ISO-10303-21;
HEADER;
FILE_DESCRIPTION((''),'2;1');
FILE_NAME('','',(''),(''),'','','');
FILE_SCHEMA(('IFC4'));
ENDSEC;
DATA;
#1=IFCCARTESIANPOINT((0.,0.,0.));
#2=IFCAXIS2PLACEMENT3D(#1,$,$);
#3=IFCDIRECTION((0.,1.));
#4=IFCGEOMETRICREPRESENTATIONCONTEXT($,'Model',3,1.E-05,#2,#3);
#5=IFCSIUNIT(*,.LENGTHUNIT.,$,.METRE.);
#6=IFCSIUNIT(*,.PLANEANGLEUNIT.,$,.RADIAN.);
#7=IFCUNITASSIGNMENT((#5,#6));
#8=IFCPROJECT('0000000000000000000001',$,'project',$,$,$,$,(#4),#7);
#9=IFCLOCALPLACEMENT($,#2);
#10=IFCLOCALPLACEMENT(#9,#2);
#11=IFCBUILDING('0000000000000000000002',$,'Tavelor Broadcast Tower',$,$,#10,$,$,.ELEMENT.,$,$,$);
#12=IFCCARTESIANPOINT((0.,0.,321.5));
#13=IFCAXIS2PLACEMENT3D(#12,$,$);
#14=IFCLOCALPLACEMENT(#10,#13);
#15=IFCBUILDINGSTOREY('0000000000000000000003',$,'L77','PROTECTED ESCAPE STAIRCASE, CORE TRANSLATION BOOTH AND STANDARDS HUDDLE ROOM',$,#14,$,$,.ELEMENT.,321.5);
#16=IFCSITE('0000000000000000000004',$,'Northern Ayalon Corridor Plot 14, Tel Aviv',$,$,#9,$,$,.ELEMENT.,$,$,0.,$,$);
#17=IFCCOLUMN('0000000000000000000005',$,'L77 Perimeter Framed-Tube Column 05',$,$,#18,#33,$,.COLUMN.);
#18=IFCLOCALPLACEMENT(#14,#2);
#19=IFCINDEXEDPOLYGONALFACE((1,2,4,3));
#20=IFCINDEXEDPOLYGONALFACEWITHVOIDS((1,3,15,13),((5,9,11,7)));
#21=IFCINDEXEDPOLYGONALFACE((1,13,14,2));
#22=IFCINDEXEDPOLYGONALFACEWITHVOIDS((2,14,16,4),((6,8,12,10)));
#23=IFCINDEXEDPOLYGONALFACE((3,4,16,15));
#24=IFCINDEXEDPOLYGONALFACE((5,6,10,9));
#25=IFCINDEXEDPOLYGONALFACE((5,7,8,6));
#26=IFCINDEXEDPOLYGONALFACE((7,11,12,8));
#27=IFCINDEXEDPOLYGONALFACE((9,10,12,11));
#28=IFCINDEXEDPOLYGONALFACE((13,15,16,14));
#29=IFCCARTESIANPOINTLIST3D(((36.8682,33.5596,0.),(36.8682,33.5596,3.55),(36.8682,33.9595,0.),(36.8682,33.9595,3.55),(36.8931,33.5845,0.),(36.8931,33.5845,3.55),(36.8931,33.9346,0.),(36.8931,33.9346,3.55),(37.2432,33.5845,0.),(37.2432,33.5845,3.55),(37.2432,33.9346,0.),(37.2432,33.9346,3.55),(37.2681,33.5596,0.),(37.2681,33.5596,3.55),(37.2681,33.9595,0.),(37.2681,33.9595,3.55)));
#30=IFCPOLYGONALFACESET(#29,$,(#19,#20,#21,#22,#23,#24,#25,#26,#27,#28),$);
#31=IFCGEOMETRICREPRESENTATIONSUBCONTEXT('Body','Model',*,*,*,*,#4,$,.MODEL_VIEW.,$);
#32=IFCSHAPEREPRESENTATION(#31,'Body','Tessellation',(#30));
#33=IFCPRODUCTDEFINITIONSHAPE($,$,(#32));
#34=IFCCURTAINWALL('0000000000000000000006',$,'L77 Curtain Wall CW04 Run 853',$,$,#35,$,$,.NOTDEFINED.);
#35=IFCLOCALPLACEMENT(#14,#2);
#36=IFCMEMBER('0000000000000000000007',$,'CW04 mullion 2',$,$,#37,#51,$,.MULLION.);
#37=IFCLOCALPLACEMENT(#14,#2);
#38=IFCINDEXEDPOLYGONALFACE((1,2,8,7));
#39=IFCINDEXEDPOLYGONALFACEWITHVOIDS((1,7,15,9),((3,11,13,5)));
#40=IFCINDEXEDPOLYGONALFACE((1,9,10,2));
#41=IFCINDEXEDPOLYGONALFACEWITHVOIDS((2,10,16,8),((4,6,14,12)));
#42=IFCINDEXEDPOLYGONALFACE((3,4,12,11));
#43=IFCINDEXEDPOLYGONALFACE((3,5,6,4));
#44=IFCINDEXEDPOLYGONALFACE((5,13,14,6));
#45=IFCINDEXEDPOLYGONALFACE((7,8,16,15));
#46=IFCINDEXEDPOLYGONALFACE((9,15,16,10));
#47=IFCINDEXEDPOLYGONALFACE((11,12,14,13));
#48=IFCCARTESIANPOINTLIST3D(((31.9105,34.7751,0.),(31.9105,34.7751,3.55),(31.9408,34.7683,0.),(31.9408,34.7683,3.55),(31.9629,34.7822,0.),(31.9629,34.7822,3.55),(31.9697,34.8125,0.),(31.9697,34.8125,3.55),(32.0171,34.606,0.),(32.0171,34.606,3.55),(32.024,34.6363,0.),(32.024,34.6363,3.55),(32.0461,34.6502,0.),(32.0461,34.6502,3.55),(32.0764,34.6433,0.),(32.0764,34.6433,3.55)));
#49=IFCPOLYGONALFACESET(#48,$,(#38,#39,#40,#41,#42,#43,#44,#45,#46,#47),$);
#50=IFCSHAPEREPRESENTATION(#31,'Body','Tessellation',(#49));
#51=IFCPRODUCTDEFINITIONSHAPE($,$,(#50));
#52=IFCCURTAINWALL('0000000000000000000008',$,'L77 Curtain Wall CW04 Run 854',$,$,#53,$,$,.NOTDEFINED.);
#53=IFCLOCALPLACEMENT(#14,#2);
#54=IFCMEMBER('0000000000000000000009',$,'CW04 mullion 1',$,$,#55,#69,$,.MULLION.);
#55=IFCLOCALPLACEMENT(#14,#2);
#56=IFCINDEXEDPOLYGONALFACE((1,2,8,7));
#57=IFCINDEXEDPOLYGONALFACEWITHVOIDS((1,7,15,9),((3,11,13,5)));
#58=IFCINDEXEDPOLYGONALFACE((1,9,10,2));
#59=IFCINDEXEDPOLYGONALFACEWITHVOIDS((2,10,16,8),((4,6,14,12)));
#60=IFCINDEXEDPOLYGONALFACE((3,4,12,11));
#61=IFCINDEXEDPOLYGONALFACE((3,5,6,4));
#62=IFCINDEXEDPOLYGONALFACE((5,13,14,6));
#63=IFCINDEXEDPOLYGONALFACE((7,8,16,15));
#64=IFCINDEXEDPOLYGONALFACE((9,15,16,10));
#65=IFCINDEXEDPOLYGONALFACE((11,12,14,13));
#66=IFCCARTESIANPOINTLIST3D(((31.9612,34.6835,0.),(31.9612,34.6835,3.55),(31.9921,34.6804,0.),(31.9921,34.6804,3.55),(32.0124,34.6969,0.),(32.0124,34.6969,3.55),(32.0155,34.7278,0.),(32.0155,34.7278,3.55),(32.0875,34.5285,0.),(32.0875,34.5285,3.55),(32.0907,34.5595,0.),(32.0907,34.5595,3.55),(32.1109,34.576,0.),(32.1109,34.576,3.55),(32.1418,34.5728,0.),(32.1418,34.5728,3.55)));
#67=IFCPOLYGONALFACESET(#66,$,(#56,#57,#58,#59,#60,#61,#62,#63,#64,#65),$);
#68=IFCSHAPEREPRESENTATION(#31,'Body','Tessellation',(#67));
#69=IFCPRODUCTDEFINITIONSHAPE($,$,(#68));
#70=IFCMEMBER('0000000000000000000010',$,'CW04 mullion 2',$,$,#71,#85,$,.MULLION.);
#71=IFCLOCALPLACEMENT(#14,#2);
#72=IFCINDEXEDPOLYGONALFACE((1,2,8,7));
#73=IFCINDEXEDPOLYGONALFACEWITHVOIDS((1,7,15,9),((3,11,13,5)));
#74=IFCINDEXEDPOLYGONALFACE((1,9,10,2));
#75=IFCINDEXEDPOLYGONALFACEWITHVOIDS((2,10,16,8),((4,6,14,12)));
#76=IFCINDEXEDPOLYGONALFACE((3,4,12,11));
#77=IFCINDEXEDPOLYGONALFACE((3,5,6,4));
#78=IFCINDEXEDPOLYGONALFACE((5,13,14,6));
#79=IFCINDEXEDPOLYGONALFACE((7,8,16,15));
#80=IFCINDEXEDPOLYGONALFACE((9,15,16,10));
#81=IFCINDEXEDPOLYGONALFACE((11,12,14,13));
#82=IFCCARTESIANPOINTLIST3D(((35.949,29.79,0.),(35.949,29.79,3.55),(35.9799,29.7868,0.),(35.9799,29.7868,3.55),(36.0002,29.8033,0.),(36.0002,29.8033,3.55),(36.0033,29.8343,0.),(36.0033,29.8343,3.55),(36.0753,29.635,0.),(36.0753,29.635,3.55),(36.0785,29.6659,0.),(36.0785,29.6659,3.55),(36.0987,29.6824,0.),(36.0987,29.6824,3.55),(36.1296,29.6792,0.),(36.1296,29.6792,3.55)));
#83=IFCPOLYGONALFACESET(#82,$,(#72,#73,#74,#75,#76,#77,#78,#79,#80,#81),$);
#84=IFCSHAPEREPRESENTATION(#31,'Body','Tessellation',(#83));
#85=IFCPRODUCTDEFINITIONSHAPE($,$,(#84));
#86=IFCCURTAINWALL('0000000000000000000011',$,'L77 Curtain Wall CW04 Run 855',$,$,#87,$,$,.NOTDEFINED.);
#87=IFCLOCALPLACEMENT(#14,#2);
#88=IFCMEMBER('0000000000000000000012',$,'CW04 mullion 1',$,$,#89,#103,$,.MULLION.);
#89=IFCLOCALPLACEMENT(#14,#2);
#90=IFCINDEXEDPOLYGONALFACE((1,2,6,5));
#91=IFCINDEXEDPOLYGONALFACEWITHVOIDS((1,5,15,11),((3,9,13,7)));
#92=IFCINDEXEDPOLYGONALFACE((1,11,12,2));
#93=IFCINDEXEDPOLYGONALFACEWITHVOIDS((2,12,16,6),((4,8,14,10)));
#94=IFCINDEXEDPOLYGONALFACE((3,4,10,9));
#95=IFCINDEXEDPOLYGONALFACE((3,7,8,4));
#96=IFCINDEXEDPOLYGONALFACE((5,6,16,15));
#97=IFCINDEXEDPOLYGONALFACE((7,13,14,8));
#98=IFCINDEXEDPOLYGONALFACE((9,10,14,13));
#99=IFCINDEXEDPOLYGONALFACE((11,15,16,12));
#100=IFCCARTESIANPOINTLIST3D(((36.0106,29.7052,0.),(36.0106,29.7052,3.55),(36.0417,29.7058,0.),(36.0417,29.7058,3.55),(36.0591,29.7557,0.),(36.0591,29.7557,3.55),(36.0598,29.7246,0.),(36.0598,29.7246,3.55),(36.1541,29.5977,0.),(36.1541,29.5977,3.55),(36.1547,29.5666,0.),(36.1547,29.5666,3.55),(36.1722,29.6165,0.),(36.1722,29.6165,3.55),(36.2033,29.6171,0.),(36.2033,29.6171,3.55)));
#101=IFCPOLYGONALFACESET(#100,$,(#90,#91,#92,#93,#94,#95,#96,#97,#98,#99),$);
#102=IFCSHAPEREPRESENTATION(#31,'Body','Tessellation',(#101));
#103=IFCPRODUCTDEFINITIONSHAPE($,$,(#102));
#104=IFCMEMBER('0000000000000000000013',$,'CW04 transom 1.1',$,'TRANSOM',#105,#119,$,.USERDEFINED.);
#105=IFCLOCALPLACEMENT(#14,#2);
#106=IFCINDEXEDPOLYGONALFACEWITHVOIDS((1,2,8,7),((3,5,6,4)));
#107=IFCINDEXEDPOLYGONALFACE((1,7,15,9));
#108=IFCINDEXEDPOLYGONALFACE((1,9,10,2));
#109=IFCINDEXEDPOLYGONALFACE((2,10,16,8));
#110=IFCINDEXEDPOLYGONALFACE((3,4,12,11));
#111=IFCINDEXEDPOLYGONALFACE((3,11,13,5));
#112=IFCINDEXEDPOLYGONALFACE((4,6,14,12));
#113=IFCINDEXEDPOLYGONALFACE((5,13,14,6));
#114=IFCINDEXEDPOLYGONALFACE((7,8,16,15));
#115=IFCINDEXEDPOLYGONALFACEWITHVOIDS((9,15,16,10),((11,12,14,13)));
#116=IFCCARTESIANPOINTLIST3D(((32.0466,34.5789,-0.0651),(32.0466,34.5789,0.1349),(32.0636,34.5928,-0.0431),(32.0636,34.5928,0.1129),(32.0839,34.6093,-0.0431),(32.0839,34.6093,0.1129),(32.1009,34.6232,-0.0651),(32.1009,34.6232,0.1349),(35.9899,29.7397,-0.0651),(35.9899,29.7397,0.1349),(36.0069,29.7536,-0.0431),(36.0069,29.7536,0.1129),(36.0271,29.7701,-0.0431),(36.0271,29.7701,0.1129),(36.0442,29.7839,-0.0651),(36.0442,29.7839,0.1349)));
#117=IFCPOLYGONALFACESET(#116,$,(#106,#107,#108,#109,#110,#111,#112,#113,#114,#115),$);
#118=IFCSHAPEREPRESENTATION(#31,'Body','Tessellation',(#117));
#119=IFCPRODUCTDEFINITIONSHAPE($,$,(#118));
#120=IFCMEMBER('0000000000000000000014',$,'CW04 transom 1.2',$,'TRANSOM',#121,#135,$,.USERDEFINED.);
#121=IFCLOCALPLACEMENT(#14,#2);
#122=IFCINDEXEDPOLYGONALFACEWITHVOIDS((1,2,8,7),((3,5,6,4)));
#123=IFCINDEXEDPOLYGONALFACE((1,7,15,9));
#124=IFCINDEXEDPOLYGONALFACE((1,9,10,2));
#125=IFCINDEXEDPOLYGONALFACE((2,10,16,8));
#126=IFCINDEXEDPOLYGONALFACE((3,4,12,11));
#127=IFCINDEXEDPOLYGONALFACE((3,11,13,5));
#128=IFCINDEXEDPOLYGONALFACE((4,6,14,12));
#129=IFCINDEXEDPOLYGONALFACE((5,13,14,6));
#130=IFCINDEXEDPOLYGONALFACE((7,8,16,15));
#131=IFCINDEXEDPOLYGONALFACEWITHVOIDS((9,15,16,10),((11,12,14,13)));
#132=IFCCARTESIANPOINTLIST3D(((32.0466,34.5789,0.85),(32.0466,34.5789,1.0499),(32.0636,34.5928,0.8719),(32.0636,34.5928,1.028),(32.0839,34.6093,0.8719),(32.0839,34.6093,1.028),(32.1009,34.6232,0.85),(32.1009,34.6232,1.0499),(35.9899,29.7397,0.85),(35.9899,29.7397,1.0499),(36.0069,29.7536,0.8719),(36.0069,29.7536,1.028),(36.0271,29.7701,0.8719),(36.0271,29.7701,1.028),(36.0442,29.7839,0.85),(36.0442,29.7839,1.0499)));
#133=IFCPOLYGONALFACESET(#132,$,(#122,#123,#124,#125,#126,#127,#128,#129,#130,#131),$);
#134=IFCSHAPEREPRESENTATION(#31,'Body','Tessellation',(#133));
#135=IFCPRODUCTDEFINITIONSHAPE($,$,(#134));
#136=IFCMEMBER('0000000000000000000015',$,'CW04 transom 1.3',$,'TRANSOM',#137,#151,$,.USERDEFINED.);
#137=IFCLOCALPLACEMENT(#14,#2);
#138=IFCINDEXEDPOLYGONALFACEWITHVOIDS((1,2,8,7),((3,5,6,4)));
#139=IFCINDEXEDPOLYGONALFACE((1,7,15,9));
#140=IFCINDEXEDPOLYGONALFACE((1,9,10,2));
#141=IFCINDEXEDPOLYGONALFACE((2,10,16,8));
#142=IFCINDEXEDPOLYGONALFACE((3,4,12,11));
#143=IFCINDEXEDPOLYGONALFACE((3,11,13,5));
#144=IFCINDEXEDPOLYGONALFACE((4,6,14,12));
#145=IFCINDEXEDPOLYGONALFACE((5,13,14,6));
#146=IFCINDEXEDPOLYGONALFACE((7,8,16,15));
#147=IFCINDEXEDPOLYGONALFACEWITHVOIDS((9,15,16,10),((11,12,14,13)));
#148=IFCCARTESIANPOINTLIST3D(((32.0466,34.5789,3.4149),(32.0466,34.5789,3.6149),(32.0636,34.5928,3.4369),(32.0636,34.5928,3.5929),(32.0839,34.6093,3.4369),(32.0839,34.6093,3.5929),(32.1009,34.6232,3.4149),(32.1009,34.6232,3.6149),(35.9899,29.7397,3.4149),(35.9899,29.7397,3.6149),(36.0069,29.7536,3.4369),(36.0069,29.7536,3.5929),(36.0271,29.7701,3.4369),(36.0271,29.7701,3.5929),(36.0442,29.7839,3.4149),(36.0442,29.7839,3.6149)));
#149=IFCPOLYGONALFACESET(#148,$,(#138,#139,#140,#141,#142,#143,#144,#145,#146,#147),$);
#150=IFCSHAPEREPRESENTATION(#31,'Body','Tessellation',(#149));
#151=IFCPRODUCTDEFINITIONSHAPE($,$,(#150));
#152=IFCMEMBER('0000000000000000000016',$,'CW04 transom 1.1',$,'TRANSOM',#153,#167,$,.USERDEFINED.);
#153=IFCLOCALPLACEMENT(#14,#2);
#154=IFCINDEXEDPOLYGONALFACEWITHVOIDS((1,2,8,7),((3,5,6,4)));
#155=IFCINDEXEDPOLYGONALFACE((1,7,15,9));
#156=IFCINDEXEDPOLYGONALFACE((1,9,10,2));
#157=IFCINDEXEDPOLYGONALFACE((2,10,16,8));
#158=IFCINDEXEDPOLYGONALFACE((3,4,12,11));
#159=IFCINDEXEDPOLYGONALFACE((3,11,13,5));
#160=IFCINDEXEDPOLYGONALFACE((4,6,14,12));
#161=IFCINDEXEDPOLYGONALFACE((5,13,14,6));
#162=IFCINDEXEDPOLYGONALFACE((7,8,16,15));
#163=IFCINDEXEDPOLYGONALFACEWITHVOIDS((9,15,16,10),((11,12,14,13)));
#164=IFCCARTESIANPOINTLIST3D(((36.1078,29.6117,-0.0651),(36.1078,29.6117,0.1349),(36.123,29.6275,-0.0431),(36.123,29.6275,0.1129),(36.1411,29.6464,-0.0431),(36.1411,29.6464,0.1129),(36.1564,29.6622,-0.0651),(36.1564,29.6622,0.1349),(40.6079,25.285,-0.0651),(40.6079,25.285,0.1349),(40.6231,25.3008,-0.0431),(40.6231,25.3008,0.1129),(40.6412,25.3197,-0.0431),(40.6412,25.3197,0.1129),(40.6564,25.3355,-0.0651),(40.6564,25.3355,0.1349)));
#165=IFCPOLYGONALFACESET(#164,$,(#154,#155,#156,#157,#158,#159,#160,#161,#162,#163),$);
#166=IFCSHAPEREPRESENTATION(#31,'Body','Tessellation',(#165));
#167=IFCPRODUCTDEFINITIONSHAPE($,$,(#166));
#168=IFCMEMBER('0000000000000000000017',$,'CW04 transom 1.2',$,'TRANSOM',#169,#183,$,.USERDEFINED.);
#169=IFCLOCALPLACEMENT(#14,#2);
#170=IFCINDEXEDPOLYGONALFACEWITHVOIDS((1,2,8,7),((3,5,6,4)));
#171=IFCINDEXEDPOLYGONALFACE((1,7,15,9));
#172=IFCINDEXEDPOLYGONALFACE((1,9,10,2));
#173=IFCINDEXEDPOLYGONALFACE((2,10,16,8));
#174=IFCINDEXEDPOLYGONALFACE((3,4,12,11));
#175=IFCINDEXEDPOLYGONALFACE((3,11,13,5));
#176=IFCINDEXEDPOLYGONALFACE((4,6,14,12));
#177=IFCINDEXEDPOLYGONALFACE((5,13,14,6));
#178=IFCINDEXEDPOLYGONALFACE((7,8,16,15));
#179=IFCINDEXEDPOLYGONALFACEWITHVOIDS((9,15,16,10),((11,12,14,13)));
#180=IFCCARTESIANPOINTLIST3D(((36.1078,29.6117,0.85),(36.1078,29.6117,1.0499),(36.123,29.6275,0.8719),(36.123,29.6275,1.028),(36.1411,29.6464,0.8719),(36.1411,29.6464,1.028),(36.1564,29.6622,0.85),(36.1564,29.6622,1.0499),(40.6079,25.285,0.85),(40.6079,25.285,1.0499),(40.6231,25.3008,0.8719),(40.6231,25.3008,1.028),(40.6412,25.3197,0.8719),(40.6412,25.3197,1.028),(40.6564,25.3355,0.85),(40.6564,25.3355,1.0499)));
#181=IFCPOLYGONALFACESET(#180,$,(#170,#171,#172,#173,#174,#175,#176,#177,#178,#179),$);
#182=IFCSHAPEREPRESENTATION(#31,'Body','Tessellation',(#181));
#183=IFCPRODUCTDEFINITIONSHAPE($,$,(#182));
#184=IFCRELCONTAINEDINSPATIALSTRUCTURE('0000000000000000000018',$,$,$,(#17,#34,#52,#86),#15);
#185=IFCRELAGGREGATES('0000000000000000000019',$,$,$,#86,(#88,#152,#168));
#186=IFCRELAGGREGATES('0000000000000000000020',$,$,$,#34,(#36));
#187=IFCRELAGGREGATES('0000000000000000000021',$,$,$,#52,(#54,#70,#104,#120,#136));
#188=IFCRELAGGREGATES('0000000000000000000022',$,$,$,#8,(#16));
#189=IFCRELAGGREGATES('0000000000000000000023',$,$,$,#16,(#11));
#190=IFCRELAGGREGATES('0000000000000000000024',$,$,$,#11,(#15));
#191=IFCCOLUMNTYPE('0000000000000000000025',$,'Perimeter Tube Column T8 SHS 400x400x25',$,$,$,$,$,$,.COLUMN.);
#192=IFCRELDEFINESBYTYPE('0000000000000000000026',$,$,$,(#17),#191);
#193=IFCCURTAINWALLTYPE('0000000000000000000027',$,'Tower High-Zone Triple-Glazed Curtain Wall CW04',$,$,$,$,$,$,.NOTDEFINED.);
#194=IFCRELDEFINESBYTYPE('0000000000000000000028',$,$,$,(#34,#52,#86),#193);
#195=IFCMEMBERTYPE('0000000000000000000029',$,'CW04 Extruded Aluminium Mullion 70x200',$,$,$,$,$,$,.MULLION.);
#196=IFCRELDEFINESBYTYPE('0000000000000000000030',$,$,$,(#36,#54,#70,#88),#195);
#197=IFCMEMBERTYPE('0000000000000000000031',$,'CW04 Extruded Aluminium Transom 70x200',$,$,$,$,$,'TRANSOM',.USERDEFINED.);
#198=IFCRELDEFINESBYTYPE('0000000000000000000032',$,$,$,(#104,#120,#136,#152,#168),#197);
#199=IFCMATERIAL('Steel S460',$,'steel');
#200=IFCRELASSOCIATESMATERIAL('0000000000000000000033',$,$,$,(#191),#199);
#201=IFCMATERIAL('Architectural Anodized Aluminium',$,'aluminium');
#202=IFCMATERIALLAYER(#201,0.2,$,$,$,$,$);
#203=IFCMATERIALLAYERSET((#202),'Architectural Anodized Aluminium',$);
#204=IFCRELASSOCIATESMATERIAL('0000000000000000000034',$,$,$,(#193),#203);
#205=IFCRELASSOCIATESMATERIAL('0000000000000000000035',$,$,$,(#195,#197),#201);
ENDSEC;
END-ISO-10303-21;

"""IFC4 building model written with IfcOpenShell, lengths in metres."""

from ifc_helpers import new_model, si_unit, direction, frame, origin, origin_2d, place, context, subcontext, project, spatial, hollow_rectangle, extrude, source, transform, mapped, material, layer, layer_set, material_profile, profile_set, type_object, type_shapes, element, aggregate, save


model = new_model("IFC4")

# Units and contexts
model_context = context("Model", 3, precision=1e-05, world=origin(), true_north=direction((0.0, 1.0)))
body_context = subcontext(model_context, "Body", "Model", "MODEL_VIEW")
ifc_project = project(units=[si_unit("LENGTHUNIT", "METRE"), si_unit("PLANEANGLEUNIT", "RADIAN")], contexts=[model_context])

# Site, building, storey
site_placement = place(None, origin())
site = spatial("IfcSite", under=ifc_project, at=site_placement, Name="Northern Ayalon Corridor Plot 14, Tel Aviv", CompositionType="ELEMENT", RefElevation=0.0)
building_placement = place(site_placement, origin())
building = spatial("IfcBuilding", under=site, at=building_placement, Name="Tavelor Broadcast Tower", CompositionType="ELEMENT")
storey_placement = place(building_placement, frame((0.0, 0.0, 321.5)))
storey = spatial("IfcBuildingStorey", under=building, at=storey_placement, Name="L77", Description="PROTECTED ESCAPE STAIRCASE, CORE TRANSLATION BOOTH AND STANDARDS HUDDLE ROOM", CompositionType="ELEMENT", Elevation=321.5)

# Column
ifc_material_1 = material(Name="Steel S460", Category="steel")
ifc_material_profile_1 = material_profile(ifc_material_1, hollow_rectangle(XDim=0.3999, YDim=0.3999, WallThickness=0.0249, at=origin_2d()), Name="SHS 400x400x25")
ifc_profile_set_1 = profile_set([ifc_material_profile_1], Name="Steel S460")
column_type = type_object("IfcColumnType", Name="Perimeter Tube Column T8 SHS 400x400x25", PredefinedType="COLUMN", material=ifc_profile_set_1)
column_placement = place(storey_placement, frame((37.0681, 33.7595, 0.0), z_axis=(0.0, 0.0, 1.0), x_axis=(1.0, 0.0, 0.0)))
element("IfcColumn", 1, at=column_placement, inside=storey, type_object=column_type, Name="L77 Perimeter Framed-Tube Column 05", PredefinedType="COLUMN", context=body_context, shape_type="SweptSolid", body=[
    extrude(hollow_rectangle(XDim=0.3999, YDim=0.3999, WallThickness=0.0249, at=origin_2d()), origin(), (0.0, 0.0, 1.0), 3.55),
])

# Curtain wall, member
ifc_material_2 = material(Name="Architectural Anodized Aluminium", Category="aluminium")
ifc_layer_1 = layer(ifc_material_2, 0.2)
ifc_layer_set_1 = layer_set([ifc_layer_1], Name="Architectural Anodized Aluminium")
curtain_wall_type = type_object("IfcCurtainWallType", Name="Tower High-Zone Triple-Glazed Curtain Wall CW04", PredefinedType="NOTDEFINED", material=ifc_layer_set_1)
curtain_wall_1_placement = place(storey_placement, origin())
curtain_wall_1 = element("IfcCurtainWall", 2, at=curtain_wall_1_placement, inside=storey, type_object=curtain_wall_type, Name="L77 Curtain Wall CW04 Run 853", PredefinedType="NOTDEFINED")
ifc_material_profile_2 = material_profile(ifc_material_2, hollow_rectangle(XDim=0.0701, YDim=0.2, WallThickness=0.022, at=origin_2d()), Name="RHS 70x200x22")
ifc_profile_set_2 = profile_set([ifc_material_profile_2], Name="Architectural Anodized Aluminium")
member_type_1 = type_object("IfcMemberType", Name="CW04 Extruded Aluminium Mullion 70x200", PredefinedType="MULLION", material=ifc_profile_set_2)
shared_shape_1 = source(origin(), body_context, "Body", "SweptSolid", [
    extrude(hollow_rectangle(XDim=0.0701, YDim=0.2, WallThickness=0.022, at=origin_2d()), origin(), (0.0, 0.0, 1.0), 3.55),
])
type_shapes(member_type_1, [shared_shape_1])
member_1_placement = place(storey_placement, frame((31.9934, 34.7092, 0.0), z_axis=(0.0, 0.0, 1.0), x_axis=(0.845973, 0.533225, 0.0)))
member_1 = element("IfcMember", 3, at=member_1_placement, type_object=member_type_1, Name="CW04 mullion 2", PredefinedType="MULLION", context=body_context, shape_type="MappedRepresentation", body=[
    mapped(shared_shape_1, transform((0.0, 0.0, 0.0), scale=1.0)),
])

# Curtain wall, members
curtain_wall_2_placement = place(storey_placement, origin())
curtain_wall_2 = element("IfcCurtainWall", 4, at=curtain_wall_2_placement, inside=storey, type_object=curtain_wall_type, Name="L77 Curtain Wall CW04 Run 854", PredefinedType="NOTDEFINED")
member_2_placement = place(storey_placement, frame((32.0515, 34.6282, 0.0), z_axis=(0.0, 0.0, 1.0), x_axis=(0.775215, 0.631697, 0.0)))
member_2 = element("IfcMember", 5, at=member_2_placement, type_object=member_type_1, Name="CW04 mullion 1", PredefinedType="MULLION", context=body_context, shape_type="MappedRepresentation", body=[
    mapped(shared_shape_1, transform((0.0, 0.0, 0.0), scale=1.0)),
])
member_3_placement = place(storey_placement, frame((36.0393, 29.7346, 0.0), z_axis=(0.0, 0.0, 1.0), x_axis=(0.775215, 0.631697, 0.0)))
member_3 = element("IfcMember", 6, at=member_3_placement, type_object=member_type_1, Name="CW04 mullion 2", PredefinedType="MULLION", context=body_context, shape_type="MappedRepresentation", body=[
    mapped(shared_shape_1, transform((0.0, 0.0, 0.0), scale=1.0)),
])

# Curtain wall, member
curtain_wall_3_placement = place(storey_placement, origin())
curtain_wall_3 = element("IfcCurtainWall", 7, at=curtain_wall_3_placement, inside=storey, type_object=curtain_wall_type, Name="L77 Curtain Wall CW04 Run 855", PredefinedType="NOTDEFINED")
member_4_placement = place(storey_placement, frame((36.1069, 29.6611, 0.0), z_axis=(0.0, 0.0, 1.0), x_axis=(0.693073, 0.720868, 0.0)))
member_4 = element("IfcMember", 8, at=member_4_placement, type_object=member_type_1, Name="CW04 mullion 1", PredefinedType="MULLION", context=body_context, shape_type="MappedRepresentation", body=[
    mapped(shared_shape_1, transform((0.0, 0.0, 0.0), scale=1.0)),
])

# Members
ifc_material_profile_3 = material_profile(ifc_material_2, hollow_rectangle(XDim=0.0701, YDim=0.2, WallThickness=0.022, at=origin_2d()), Name="RHS 70x200x22")
ifc_profile_set_3 = profile_set([ifc_material_profile_3], Name="Architectural Anodized Aluminium")
member_type_2 = type_object("IfcMemberType", Name="CW04 Extruded Aluminium Transom 70x200", ElementType="TRANSOM", PredefinedType="USERDEFINED", material=ifc_profile_set_3)
shared_shape_2 = source(origin(), body_context, "Body", "SweptSolid", [
    extrude(hollow_rectangle(XDim=0.0701, YDim=0.2, WallThickness=0.022, at=origin_2d()), origin(), (0.0, 0.0, 1.0), 6.2424),
])
member_5_placement = place(storey_placement, frame((32.0737, 34.6011, 0.0349), z_axis=(0.63169, -0.775221, 0.0), x_axis=(0.775221, 0.63169, 0.0)))
member_5 = element("IfcMember", 9, at=member_5_placement, type_object=member_type_2, Name="CW04 transom 1.1", ObjectType="TRANSOM", PredefinedType="USERDEFINED", context=body_context, shape_type="MappedRepresentation", body=[
    mapped(shared_shape_2, transform((0.0, 0.0, 0.0), scale=1.0)),
])
member_6_placement = place(storey_placement, frame((32.0737, 34.6011, 0.95), z_axis=(0.63169, -0.775221, 0.0), x_axis=(0.775221, 0.63169, 0.0)))
member_6 = element("IfcMember", 10, at=member_6_placement, type_object=member_type_2, Name="CW04 transom 1.2", ObjectType="TRANSOM", PredefinedType="USERDEFINED", context=body_context, shape_type="MappedRepresentation", body=[
    mapped(shared_shape_2, transform((0.0, 0.0, 0.0), scale=1.0)),
])
member_7_placement = place(storey_placement, frame((32.0737, 34.6011, 3.5149), z_axis=(0.63169, -0.775221, 0.0), x_axis=(0.775221, 0.63169, 0.0)))
member_7 = element("IfcMember", 11, at=member_7_placement, type_object=member_type_2, Name="CW04 transom 1.3", ObjectType="TRANSOM", PredefinedType="USERDEFINED", context=body_context, shape_type="MappedRepresentation", body=[
    mapped(shared_shape_2, transform((0.0, 0.0, 0.0), scale=1.0)),
])
shared_shape_3 = source(origin(), body_context, "Body", "SweptSolid", [
    extrude(hollow_rectangle(XDim=0.0701, YDim=0.2, WallThickness=0.022, at=origin_2d()), origin(), (0.0, 0.0, 1.0), 6.2427),
])
type_shapes(member_type_2, [shared_shape_2, shared_shape_3])
member_8_placement = place(storey_placement, frame((36.1321, 29.637, 0.0349), z_axis=(0.720854, -0.693087, 0.0), x_axis=(0.693087, 0.720854, 0.0)))
member_8 = element("IfcMember", 12, at=member_8_placement, type_object=member_type_2, Name="CW04 transom 1.1", ObjectType="TRANSOM", PredefinedType="USERDEFINED", context=body_context, shape_type="MappedRepresentation", body=[
    mapped(shared_shape_3, transform((0.0, 0.0, 0.0), scale=1.0)),
])
member_9_placement = place(storey_placement, frame((36.1321, 29.637, 0.95), z_axis=(0.720854, -0.693087, 0.0), x_axis=(0.693087, 0.720854, 0.0)))
member_9 = element("IfcMember", 13, at=member_9_placement, type_object=member_type_2, Name="CW04 transom 1.2", ObjectType="TRANSOM", PredefinedType="USERDEFINED", context=body_context, shape_type="MappedRepresentation", body=[
    mapped(shared_shape_3, transform((0.0, 0.0, 0.0), scale=1.0)),
])
aggregate(curtain_wall_3, [member_4, member_8, member_9])

aggregate(curtain_wall_1, [member_1])
aggregate(curtain_wall_2, [member_2, member_3, member_5, member_6, member_7])

save(model, "model.ifc")
